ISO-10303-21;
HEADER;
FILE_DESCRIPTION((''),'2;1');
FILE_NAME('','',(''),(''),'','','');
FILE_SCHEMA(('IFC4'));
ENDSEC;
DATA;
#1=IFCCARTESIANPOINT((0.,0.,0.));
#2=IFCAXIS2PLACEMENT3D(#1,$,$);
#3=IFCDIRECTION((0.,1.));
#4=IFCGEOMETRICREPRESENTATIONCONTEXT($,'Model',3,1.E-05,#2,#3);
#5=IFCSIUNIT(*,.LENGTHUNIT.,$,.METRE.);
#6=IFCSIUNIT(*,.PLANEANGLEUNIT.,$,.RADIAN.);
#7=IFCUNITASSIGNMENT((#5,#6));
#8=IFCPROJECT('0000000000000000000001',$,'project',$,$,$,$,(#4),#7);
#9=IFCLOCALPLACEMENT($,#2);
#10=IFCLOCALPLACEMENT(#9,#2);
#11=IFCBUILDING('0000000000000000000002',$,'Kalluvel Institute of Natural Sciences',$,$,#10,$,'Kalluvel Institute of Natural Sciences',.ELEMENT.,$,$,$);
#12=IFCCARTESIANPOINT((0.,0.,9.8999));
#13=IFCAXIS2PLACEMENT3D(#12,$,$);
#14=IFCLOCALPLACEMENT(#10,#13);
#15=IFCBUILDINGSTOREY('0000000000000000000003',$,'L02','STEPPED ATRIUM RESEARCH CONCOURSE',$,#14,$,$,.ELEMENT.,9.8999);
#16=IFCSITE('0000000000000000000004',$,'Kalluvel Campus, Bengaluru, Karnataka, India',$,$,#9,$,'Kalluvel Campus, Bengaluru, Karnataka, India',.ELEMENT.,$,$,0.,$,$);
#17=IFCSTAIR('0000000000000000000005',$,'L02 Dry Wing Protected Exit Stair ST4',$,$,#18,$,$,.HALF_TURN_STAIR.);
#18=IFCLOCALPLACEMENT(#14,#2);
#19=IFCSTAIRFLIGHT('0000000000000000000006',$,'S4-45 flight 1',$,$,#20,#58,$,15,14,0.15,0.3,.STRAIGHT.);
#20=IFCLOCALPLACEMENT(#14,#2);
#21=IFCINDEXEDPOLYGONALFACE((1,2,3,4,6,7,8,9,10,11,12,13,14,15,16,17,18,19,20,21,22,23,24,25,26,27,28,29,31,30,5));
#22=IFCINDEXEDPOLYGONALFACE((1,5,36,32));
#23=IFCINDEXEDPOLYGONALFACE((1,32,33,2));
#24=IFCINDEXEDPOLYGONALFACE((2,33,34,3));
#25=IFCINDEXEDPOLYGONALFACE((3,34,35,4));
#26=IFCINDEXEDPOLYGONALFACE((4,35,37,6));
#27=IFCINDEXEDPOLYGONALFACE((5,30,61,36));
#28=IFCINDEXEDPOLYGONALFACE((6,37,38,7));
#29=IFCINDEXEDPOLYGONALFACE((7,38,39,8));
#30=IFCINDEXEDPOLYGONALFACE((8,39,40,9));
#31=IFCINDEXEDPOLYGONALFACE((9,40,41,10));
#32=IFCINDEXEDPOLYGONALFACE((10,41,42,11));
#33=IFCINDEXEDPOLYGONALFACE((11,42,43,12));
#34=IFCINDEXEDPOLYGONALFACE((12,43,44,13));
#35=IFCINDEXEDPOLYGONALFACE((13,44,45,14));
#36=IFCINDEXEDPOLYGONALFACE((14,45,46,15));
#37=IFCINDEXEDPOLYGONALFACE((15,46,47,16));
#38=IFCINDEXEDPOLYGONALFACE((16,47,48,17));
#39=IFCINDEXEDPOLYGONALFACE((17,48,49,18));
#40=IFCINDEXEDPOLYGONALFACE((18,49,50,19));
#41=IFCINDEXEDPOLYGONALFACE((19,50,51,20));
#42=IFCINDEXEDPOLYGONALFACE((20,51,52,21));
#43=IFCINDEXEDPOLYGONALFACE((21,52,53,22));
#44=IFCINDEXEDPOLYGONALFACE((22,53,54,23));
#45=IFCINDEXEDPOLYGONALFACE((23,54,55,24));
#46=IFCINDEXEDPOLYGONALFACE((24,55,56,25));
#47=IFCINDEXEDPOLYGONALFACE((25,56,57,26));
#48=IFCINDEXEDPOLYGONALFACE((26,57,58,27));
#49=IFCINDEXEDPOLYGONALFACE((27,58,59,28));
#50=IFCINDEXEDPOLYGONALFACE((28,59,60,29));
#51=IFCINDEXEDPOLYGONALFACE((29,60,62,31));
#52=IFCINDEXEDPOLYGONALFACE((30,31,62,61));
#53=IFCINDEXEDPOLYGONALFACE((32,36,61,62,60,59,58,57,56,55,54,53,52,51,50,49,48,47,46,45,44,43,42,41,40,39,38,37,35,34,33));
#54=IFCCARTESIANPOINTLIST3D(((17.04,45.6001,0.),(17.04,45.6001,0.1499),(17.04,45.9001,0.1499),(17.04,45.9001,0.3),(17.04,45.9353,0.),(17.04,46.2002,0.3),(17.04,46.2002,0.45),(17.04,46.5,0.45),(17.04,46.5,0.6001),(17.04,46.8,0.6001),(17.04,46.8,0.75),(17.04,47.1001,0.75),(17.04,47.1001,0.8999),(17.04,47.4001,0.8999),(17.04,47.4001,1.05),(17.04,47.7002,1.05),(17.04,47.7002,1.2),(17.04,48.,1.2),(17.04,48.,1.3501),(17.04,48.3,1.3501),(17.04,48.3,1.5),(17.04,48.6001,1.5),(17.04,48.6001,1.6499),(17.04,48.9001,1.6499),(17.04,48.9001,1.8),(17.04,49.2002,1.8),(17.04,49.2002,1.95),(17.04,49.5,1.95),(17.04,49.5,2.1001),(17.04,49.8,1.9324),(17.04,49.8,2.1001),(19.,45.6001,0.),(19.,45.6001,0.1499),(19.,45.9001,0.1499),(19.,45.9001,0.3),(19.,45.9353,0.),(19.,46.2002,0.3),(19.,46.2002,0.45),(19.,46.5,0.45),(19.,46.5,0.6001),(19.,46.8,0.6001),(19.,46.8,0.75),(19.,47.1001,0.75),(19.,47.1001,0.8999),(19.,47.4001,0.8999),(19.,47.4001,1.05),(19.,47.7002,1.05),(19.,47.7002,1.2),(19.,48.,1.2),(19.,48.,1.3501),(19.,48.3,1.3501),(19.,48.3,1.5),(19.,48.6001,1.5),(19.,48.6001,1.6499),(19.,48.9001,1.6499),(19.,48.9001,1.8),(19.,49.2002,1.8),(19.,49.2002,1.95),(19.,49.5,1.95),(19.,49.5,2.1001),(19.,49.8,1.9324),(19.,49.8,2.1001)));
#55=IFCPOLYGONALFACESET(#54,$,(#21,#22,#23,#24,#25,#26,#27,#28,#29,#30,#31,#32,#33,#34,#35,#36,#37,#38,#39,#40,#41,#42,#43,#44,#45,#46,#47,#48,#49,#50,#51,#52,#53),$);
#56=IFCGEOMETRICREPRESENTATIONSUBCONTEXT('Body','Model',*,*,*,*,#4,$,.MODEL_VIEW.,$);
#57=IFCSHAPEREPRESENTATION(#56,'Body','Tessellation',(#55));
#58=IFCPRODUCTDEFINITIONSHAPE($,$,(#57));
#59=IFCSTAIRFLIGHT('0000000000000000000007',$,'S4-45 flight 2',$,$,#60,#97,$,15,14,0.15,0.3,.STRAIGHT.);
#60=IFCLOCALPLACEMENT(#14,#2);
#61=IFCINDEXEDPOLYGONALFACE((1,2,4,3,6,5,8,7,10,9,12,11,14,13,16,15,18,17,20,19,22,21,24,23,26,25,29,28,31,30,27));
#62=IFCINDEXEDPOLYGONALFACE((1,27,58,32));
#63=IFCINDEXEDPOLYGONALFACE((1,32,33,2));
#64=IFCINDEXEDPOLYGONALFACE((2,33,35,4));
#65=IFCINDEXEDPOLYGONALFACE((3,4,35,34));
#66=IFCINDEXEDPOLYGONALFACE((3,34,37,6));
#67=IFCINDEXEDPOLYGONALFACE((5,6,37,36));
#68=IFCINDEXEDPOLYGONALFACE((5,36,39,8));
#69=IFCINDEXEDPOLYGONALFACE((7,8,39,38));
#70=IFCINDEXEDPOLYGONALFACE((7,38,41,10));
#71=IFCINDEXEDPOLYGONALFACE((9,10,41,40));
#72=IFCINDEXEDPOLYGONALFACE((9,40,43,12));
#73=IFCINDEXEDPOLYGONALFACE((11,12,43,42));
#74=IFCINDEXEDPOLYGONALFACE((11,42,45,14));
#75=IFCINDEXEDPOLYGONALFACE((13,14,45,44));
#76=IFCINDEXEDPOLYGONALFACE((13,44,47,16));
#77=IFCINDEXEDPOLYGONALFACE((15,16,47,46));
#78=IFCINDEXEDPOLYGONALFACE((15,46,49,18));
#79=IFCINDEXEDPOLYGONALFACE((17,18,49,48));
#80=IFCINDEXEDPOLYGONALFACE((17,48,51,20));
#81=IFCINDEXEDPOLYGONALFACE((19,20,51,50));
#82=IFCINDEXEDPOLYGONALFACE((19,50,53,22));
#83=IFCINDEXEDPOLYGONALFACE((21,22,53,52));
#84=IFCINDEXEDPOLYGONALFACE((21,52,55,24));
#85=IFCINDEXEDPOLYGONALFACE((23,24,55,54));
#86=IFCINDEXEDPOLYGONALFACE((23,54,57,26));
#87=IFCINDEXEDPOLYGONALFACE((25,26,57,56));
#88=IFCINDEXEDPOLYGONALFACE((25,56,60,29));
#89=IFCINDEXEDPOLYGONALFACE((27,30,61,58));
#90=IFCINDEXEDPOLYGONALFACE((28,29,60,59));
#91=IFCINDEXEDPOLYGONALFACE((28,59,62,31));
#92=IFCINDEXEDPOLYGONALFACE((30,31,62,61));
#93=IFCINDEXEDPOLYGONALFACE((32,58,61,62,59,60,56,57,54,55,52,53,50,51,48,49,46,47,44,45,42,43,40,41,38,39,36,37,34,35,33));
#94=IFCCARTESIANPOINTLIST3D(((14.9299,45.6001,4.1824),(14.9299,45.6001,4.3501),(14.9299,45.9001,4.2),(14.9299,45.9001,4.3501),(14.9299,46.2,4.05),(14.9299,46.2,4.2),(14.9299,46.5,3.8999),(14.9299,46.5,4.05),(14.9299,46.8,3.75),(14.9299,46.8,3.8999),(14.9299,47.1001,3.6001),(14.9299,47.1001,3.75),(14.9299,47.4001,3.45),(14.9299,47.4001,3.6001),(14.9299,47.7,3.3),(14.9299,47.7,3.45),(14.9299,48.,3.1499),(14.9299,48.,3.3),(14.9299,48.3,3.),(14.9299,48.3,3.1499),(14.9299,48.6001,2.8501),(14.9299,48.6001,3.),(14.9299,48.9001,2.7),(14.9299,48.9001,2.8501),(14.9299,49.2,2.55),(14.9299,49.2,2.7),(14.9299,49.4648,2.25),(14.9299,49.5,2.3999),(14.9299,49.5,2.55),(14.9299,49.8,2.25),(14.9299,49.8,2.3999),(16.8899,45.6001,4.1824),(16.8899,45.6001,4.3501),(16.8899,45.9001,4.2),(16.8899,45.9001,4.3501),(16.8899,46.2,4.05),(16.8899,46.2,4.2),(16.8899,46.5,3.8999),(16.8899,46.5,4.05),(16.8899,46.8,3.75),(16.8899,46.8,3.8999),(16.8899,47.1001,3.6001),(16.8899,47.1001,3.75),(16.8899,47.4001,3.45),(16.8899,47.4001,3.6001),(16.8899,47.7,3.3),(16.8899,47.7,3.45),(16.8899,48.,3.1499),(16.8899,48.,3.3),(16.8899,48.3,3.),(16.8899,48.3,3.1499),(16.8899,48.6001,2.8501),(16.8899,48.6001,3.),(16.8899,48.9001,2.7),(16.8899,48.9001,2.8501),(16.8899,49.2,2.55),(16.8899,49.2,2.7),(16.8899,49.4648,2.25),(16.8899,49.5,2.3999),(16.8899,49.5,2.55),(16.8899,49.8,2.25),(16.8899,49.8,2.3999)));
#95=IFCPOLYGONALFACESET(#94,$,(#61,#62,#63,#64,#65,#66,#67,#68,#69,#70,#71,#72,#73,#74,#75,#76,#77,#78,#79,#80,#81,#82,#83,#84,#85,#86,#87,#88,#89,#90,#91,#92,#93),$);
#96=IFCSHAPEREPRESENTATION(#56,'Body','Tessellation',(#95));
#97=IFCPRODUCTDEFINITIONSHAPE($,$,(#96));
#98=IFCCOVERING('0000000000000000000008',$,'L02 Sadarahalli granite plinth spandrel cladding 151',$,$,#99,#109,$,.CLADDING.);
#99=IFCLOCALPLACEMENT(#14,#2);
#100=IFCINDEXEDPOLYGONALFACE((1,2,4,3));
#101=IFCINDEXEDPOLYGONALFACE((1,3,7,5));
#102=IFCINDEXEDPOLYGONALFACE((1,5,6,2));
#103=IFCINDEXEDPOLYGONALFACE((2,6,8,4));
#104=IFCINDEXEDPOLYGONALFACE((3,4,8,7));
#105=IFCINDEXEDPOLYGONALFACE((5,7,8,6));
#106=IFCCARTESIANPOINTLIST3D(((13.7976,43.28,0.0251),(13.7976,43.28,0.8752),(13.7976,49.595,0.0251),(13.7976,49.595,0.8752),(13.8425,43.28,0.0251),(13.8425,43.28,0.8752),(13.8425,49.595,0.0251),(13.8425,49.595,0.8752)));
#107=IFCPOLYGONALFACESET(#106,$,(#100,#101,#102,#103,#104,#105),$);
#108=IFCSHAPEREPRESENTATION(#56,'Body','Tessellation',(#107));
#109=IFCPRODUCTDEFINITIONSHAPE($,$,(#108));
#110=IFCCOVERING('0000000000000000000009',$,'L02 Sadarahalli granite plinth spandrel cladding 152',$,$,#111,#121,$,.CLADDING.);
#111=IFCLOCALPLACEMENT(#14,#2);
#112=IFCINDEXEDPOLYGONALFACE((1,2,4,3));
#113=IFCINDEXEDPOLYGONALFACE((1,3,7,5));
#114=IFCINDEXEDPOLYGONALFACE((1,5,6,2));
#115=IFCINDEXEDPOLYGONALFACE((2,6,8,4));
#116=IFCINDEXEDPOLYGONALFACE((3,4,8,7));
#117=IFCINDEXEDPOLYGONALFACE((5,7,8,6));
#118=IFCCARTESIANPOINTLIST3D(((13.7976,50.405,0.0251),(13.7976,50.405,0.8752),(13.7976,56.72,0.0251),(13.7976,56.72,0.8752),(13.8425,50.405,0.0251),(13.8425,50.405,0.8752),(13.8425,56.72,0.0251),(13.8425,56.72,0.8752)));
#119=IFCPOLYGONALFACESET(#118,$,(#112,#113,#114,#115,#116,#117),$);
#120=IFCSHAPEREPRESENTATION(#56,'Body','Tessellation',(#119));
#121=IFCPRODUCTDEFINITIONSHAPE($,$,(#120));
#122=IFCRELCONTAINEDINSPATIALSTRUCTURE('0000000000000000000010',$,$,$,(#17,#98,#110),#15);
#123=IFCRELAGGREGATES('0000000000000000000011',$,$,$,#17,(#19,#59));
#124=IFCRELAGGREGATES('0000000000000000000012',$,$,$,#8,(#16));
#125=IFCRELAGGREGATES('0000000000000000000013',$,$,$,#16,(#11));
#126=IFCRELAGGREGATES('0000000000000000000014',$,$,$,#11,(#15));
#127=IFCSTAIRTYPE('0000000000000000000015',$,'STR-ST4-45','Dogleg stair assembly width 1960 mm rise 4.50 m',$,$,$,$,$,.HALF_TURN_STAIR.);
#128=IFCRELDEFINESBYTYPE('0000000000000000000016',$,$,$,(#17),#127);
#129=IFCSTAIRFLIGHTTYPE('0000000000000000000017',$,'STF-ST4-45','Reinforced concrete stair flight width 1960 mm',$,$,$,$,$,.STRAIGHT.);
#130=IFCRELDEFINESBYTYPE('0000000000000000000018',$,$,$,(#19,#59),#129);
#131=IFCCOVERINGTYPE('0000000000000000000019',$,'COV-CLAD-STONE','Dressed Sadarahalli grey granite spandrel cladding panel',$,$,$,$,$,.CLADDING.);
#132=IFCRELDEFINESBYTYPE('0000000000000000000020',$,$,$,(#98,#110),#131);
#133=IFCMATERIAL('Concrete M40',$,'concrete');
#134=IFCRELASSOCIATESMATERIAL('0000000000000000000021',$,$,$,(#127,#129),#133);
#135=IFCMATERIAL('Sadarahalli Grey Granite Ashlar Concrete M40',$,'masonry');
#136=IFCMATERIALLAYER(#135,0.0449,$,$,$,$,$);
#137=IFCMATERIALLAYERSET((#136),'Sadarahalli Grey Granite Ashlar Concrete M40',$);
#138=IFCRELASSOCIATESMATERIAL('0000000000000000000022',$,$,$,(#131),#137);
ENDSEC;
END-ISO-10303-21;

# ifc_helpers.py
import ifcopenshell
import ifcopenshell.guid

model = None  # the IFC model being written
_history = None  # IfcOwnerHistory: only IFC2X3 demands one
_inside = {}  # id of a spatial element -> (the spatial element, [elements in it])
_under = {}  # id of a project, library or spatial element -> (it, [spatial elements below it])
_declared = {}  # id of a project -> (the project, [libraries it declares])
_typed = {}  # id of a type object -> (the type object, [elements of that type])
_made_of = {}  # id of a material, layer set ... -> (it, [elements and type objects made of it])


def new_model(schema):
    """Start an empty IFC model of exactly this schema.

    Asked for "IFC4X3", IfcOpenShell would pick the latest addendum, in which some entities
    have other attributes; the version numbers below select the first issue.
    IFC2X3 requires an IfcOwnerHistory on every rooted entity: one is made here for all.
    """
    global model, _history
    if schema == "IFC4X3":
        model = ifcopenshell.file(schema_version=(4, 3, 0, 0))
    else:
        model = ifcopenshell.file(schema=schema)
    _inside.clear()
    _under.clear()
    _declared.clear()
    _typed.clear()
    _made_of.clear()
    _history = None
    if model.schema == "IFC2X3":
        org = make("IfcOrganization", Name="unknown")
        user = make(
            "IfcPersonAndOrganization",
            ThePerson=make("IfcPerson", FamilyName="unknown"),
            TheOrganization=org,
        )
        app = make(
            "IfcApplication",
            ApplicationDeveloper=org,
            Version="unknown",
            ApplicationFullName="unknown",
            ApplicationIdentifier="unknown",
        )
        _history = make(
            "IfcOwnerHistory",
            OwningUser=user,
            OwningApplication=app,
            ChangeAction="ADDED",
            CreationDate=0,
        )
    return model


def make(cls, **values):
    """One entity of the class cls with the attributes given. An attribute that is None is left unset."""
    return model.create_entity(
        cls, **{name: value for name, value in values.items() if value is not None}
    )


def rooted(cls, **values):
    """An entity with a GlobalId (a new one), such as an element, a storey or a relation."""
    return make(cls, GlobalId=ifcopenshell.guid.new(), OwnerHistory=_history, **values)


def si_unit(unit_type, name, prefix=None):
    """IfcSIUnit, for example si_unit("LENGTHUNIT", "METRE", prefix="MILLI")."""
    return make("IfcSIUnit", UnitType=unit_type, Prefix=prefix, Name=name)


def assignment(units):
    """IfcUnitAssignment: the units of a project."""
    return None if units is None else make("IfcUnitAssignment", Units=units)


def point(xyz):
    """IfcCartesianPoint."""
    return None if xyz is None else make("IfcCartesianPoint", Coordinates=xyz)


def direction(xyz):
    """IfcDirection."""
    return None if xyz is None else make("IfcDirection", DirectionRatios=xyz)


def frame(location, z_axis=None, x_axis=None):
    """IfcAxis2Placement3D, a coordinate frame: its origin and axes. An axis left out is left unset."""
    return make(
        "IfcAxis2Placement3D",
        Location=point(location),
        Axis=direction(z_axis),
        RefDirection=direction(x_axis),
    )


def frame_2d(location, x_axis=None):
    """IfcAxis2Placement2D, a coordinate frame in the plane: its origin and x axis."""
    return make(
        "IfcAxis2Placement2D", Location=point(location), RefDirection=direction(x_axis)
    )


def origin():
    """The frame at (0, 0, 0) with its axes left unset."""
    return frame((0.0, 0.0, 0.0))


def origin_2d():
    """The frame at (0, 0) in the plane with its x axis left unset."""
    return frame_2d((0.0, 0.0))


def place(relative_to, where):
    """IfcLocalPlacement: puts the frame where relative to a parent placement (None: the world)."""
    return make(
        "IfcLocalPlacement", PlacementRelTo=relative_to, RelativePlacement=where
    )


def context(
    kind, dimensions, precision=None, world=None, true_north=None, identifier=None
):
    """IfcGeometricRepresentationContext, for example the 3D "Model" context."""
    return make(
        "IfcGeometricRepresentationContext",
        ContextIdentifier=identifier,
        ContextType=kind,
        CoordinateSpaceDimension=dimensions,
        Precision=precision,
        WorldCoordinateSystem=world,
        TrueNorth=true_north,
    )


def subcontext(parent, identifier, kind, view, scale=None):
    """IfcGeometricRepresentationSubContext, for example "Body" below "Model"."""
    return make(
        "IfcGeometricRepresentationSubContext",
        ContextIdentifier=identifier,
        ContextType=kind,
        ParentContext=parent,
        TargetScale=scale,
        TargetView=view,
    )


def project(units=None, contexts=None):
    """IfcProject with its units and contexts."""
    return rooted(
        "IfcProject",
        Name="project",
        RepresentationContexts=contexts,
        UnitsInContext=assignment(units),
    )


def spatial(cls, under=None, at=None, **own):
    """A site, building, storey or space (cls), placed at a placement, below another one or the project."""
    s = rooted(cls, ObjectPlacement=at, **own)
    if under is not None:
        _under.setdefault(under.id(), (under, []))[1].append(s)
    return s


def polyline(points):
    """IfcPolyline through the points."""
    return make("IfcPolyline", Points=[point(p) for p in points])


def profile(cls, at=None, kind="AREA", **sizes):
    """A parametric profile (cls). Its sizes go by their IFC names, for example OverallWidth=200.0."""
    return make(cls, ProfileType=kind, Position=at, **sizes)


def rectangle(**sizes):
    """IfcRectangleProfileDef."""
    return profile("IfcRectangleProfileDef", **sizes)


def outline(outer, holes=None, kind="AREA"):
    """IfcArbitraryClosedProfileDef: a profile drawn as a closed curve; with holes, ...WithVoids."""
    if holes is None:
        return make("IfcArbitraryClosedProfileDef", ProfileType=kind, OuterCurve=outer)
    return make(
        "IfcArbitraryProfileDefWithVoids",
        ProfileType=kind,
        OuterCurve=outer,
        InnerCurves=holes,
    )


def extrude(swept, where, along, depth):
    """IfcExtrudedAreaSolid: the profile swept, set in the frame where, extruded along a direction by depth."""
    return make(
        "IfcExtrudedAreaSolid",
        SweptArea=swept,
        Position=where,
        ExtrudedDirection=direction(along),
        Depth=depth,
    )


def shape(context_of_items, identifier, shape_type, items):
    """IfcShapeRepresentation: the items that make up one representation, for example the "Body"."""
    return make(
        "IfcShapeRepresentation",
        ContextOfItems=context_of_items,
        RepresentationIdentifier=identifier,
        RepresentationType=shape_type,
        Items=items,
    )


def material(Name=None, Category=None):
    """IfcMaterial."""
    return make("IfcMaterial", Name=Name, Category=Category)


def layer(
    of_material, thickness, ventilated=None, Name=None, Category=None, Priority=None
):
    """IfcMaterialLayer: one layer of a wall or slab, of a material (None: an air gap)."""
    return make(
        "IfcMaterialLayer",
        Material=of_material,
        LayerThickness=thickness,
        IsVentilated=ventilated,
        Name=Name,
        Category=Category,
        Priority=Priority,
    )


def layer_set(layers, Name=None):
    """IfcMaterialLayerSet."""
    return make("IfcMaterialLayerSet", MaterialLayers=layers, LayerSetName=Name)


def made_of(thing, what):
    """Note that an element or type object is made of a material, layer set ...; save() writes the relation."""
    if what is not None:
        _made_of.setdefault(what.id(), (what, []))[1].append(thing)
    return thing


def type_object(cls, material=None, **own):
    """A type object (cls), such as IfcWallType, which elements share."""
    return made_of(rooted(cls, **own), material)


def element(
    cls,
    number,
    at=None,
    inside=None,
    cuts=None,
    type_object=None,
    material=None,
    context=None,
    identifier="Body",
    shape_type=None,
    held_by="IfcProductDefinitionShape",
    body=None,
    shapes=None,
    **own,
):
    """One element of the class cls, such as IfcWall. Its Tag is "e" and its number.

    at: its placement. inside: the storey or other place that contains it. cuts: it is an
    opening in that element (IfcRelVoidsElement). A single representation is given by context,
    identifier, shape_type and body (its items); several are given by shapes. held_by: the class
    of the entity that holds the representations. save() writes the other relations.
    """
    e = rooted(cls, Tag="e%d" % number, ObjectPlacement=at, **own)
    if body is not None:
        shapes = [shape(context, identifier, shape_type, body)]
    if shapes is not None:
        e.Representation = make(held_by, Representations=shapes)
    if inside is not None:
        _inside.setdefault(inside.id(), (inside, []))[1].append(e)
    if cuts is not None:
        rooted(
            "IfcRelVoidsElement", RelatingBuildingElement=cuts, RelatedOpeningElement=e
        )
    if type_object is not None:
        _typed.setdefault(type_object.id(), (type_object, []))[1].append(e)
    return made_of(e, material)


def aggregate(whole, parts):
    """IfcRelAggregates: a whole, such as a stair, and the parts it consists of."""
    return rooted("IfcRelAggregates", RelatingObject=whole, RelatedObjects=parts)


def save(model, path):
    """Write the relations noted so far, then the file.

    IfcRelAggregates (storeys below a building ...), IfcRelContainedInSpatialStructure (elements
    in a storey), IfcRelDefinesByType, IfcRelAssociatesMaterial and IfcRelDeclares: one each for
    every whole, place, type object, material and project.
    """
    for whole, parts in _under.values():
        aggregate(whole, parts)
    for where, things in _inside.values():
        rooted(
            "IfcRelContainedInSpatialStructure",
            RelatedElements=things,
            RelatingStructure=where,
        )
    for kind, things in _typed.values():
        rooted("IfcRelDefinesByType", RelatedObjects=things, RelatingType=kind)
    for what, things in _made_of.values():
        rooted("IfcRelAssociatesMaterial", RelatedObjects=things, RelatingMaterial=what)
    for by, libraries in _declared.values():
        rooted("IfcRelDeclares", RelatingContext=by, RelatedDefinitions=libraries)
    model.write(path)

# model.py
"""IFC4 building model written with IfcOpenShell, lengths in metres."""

from ifc_helpers import new_model, si_unit, direction, frame, origin, origin_2d, place, context, subcontext, project, spatial, polyline, rectangle, outline, extrude, material, layer, layer_set, type_object, element, aggregate, save


model = new_model("IFC4")

# Units and contexts
model_context = context("Model", 3, precision=1e-05, world=origin(), true_north=direction((0.0, 1.0)))
body_context = subcontext(model_context, "Body", "Model", "MODEL_VIEW")
ifc_project = project(units=[si_unit("LENGTHUNIT", "METRE"), si_unit("PLANEANGLEUNIT", "RADIAN")], contexts=[model_context])

# Site, building, storey
site_placement = place(None, origin())
site = spatial("IfcSite", under=ifc_project, at=site_placement, Name="Kalluvel Campus, Bengaluru, Karnataka, India", LongName="Kalluvel Campus, Bengaluru, Karnataka, India", CompositionType="ELEMENT", RefElevation=0.0)
building_placement = place(site_placement, origin())
building = spatial("IfcBuilding", under=site, at=building_placement, Name="Kalluvel Institute of Natural Sciences", LongName="Kalluvel Institute of Natural Sciences", CompositionType="ELEMENT")
storey_placement = place(building_placement, frame((0.0, 0.0, 9.8999)))
storey = spatial("IfcBuildingStorey", under=building, at=storey_placement, Name="L02", Description="STEPPED ATRIUM RESEARCH CONCOURSE", CompositionType="ELEMENT", Elevation=9.8999)

# Shared definitions
ifc_material_1 = material(Name="Concrete M40", Category="concrete")

# Shared definitions
ifc_material_2 = material(Name="Sadarahalli Grey Granite Ashlar Concrete M40", Category="masonry")

# Stair, stair flights
stair_type = type_object("IfcStairType", Name="STR-ST4-45", Description="Dogleg stair assembly width 1960 mm rise 4.50 m", PredefinedType="HALF_TURN_STAIR", material=ifc_material_1)
stair_placement = place(storey_placement, origin())
stair = element("IfcStair", 1, at=stair_placement, inside=storey, type_object=stair_type, Name="L02 Dry Wing Protected Exit Stair ST4", PredefinedType="HALF_TURN_STAIR")
stair_flight_type = type_object("IfcStairFlightType", Name="STF-ST4-45", Description="Reinforced concrete stair flight width 1960 mm", PredefinedType="STRAIGHT", material=ifc_material_1)
stair_flight_1_placement = place(storey_placement, frame((18.02, 45.6001, 0.0), z_axis=(0.0, 0.0, 1.0), x_axis=(0.0, 1.0, 0.0)))
stair_flight_1 = element("IfcStairFlight", 2, at=stair_flight_1_placement, type_object=stair_flight_type, Name="S4-45 flight 1", NumberOfRisers=15, NumberOfTreads=14, PredefinedType="STRAIGHT", RiserHeight=0.15, TreadLength=0.3, context=body_context, shape_type="SweptSolid", body=[
    extrude(outline(polyline([(0.0, 0.0), (0.0, 0.1499), (0.3, 0.1499), (0.3, 0.3), (0.6001, 0.3), (0.6001, 0.45), (0.8999, 0.45), (0.8999, 0.6001), (1.2, 0.6001), (1.2, 0.75), (1.5, 0.75), (1.5, 0.8999), (1.8, 0.8999), (1.8, 1.05), (2.1001, 1.05), (2.1001, 1.2), (2.3999, 1.2), (2.3999, 1.3501), (2.7, 1.3501), (2.7, 1.5), (3.0, 1.5), (3.0, 1.6499), (3.3, 1.6499), (3.3, 1.8), (3.6001, 1.8), (3.6001, 1.95), (3.8999, 1.95), (3.8999, 2.1001), (4.2, 2.1001), (4.2, 2.25), (4.2, 1.9324), (0.3352, 0.0), (0.0, 0.0)])), frame((0.0, 0.98, 0.0), z_axis=(0.0, -1.0, 0.0), x_axis=(1.0, 0.0, 0.0)), (0.0, 0.0, 1.0), 1.96),
])
stair_flight_2_placement = place(storey_placement, frame((15.9099, 49.8, 2.25), z_axis=(0.0, 0.0, 1.0), x_axis=(0.0, -1.0, 0.0)))
stair_flight_2 = element("IfcStairFlight", 3, at=stair_flight_2_placement, type_object=stair_flight_type, Name="S4-45 flight 2", NumberOfRisers=15, NumberOfTreads=14, PredefinedType="STRAIGHT", RiserHeight=0.15, TreadLength=0.3, context=body_context, shape_type="SweptSolid", body=[
    extrude(outline(polyline([(0.0, 0.0), (0.0, 0.1499), (0.3, 0.1499), (0.3, 0.3), (0.6001, 0.3), (0.6001, 0.45), (0.8999, 0.45), (0.8999, 0.6001), (1.2, 0.6001), (1.2, 0.75), (1.5, 0.75), (1.5, 0.8999), (1.8, 0.8999), (1.8, 1.05), (2.1001, 1.05), (2.1001, 1.2), (2.3999, 1.2), (2.3999, 1.3501), (2.7, 1.3501), (2.7, 1.5), (3.0, 1.5), (3.0, 1.6499), (3.3, 1.6499), (3.3, 1.8), (3.6001, 1.8), (3.6001, 1.95), (3.8999, 1.95), (3.8999, 2.1001), (4.2, 2.1001), (4.2, 2.25), (4.2, 1.9324), (0.3352, 0.0), (0.0, 0.0)])), frame((0.0, 0.98, 0.0), z_axis=(0.0, -1.0, 0.0), x_axis=(1.0, 0.0, 0.0)), (0.0, 0.0, 1.0), 1.96),
])
aggregate(stair, [stair_flight_1, stair_flight_2])

# Coverings
ifc_layer_1 = layer(ifc_material_2, 0.0449)
ifc_layer_set_1 = layer_set([ifc_layer_1], Name="Sadarahalli Grey Granite Ashlar Concrete M40")
covering_type = type_object("IfcCoveringType", Name="COV-CLAD-STONE", Description="Dressed Sadarahalli grey granite spandrel cladding panel", PredefinedType="CLADDING", material=ifc_layer_set_1)
for number, where, z_axis, x_axis, name in (
    (4, (13.8201, 46.4375, 0.0251), (0.0, 0.0, 1.0), (0.0, 1.0, 0.0), "L02 Sadarahalli granite plinth spandrel cladding 151"),
    (5, (13.8201, 53.5625, 0.0251), (0.0, 0.0, 1.0), (0.0, 1.0, 0.0), "L02 Sadarahalli granite plinth spandrel cladding 152"),
):
    element("IfcCovering", number, at=place(storey_placement, frame(where, z_axis=z_axis, x_axis=x_axis)), inside=storey, type_object=covering_type, Name=name, PredefinedType="CLADDING", context=body_context, shape_type="SweptSolid", body=[
        extrude(rectangle(XDim=6.3149, YDim=0.0449, at=origin_2d()), origin(), (0.0, 0.0, 1.0), 0.8501),
    ])

save(model, "model.ifc")
